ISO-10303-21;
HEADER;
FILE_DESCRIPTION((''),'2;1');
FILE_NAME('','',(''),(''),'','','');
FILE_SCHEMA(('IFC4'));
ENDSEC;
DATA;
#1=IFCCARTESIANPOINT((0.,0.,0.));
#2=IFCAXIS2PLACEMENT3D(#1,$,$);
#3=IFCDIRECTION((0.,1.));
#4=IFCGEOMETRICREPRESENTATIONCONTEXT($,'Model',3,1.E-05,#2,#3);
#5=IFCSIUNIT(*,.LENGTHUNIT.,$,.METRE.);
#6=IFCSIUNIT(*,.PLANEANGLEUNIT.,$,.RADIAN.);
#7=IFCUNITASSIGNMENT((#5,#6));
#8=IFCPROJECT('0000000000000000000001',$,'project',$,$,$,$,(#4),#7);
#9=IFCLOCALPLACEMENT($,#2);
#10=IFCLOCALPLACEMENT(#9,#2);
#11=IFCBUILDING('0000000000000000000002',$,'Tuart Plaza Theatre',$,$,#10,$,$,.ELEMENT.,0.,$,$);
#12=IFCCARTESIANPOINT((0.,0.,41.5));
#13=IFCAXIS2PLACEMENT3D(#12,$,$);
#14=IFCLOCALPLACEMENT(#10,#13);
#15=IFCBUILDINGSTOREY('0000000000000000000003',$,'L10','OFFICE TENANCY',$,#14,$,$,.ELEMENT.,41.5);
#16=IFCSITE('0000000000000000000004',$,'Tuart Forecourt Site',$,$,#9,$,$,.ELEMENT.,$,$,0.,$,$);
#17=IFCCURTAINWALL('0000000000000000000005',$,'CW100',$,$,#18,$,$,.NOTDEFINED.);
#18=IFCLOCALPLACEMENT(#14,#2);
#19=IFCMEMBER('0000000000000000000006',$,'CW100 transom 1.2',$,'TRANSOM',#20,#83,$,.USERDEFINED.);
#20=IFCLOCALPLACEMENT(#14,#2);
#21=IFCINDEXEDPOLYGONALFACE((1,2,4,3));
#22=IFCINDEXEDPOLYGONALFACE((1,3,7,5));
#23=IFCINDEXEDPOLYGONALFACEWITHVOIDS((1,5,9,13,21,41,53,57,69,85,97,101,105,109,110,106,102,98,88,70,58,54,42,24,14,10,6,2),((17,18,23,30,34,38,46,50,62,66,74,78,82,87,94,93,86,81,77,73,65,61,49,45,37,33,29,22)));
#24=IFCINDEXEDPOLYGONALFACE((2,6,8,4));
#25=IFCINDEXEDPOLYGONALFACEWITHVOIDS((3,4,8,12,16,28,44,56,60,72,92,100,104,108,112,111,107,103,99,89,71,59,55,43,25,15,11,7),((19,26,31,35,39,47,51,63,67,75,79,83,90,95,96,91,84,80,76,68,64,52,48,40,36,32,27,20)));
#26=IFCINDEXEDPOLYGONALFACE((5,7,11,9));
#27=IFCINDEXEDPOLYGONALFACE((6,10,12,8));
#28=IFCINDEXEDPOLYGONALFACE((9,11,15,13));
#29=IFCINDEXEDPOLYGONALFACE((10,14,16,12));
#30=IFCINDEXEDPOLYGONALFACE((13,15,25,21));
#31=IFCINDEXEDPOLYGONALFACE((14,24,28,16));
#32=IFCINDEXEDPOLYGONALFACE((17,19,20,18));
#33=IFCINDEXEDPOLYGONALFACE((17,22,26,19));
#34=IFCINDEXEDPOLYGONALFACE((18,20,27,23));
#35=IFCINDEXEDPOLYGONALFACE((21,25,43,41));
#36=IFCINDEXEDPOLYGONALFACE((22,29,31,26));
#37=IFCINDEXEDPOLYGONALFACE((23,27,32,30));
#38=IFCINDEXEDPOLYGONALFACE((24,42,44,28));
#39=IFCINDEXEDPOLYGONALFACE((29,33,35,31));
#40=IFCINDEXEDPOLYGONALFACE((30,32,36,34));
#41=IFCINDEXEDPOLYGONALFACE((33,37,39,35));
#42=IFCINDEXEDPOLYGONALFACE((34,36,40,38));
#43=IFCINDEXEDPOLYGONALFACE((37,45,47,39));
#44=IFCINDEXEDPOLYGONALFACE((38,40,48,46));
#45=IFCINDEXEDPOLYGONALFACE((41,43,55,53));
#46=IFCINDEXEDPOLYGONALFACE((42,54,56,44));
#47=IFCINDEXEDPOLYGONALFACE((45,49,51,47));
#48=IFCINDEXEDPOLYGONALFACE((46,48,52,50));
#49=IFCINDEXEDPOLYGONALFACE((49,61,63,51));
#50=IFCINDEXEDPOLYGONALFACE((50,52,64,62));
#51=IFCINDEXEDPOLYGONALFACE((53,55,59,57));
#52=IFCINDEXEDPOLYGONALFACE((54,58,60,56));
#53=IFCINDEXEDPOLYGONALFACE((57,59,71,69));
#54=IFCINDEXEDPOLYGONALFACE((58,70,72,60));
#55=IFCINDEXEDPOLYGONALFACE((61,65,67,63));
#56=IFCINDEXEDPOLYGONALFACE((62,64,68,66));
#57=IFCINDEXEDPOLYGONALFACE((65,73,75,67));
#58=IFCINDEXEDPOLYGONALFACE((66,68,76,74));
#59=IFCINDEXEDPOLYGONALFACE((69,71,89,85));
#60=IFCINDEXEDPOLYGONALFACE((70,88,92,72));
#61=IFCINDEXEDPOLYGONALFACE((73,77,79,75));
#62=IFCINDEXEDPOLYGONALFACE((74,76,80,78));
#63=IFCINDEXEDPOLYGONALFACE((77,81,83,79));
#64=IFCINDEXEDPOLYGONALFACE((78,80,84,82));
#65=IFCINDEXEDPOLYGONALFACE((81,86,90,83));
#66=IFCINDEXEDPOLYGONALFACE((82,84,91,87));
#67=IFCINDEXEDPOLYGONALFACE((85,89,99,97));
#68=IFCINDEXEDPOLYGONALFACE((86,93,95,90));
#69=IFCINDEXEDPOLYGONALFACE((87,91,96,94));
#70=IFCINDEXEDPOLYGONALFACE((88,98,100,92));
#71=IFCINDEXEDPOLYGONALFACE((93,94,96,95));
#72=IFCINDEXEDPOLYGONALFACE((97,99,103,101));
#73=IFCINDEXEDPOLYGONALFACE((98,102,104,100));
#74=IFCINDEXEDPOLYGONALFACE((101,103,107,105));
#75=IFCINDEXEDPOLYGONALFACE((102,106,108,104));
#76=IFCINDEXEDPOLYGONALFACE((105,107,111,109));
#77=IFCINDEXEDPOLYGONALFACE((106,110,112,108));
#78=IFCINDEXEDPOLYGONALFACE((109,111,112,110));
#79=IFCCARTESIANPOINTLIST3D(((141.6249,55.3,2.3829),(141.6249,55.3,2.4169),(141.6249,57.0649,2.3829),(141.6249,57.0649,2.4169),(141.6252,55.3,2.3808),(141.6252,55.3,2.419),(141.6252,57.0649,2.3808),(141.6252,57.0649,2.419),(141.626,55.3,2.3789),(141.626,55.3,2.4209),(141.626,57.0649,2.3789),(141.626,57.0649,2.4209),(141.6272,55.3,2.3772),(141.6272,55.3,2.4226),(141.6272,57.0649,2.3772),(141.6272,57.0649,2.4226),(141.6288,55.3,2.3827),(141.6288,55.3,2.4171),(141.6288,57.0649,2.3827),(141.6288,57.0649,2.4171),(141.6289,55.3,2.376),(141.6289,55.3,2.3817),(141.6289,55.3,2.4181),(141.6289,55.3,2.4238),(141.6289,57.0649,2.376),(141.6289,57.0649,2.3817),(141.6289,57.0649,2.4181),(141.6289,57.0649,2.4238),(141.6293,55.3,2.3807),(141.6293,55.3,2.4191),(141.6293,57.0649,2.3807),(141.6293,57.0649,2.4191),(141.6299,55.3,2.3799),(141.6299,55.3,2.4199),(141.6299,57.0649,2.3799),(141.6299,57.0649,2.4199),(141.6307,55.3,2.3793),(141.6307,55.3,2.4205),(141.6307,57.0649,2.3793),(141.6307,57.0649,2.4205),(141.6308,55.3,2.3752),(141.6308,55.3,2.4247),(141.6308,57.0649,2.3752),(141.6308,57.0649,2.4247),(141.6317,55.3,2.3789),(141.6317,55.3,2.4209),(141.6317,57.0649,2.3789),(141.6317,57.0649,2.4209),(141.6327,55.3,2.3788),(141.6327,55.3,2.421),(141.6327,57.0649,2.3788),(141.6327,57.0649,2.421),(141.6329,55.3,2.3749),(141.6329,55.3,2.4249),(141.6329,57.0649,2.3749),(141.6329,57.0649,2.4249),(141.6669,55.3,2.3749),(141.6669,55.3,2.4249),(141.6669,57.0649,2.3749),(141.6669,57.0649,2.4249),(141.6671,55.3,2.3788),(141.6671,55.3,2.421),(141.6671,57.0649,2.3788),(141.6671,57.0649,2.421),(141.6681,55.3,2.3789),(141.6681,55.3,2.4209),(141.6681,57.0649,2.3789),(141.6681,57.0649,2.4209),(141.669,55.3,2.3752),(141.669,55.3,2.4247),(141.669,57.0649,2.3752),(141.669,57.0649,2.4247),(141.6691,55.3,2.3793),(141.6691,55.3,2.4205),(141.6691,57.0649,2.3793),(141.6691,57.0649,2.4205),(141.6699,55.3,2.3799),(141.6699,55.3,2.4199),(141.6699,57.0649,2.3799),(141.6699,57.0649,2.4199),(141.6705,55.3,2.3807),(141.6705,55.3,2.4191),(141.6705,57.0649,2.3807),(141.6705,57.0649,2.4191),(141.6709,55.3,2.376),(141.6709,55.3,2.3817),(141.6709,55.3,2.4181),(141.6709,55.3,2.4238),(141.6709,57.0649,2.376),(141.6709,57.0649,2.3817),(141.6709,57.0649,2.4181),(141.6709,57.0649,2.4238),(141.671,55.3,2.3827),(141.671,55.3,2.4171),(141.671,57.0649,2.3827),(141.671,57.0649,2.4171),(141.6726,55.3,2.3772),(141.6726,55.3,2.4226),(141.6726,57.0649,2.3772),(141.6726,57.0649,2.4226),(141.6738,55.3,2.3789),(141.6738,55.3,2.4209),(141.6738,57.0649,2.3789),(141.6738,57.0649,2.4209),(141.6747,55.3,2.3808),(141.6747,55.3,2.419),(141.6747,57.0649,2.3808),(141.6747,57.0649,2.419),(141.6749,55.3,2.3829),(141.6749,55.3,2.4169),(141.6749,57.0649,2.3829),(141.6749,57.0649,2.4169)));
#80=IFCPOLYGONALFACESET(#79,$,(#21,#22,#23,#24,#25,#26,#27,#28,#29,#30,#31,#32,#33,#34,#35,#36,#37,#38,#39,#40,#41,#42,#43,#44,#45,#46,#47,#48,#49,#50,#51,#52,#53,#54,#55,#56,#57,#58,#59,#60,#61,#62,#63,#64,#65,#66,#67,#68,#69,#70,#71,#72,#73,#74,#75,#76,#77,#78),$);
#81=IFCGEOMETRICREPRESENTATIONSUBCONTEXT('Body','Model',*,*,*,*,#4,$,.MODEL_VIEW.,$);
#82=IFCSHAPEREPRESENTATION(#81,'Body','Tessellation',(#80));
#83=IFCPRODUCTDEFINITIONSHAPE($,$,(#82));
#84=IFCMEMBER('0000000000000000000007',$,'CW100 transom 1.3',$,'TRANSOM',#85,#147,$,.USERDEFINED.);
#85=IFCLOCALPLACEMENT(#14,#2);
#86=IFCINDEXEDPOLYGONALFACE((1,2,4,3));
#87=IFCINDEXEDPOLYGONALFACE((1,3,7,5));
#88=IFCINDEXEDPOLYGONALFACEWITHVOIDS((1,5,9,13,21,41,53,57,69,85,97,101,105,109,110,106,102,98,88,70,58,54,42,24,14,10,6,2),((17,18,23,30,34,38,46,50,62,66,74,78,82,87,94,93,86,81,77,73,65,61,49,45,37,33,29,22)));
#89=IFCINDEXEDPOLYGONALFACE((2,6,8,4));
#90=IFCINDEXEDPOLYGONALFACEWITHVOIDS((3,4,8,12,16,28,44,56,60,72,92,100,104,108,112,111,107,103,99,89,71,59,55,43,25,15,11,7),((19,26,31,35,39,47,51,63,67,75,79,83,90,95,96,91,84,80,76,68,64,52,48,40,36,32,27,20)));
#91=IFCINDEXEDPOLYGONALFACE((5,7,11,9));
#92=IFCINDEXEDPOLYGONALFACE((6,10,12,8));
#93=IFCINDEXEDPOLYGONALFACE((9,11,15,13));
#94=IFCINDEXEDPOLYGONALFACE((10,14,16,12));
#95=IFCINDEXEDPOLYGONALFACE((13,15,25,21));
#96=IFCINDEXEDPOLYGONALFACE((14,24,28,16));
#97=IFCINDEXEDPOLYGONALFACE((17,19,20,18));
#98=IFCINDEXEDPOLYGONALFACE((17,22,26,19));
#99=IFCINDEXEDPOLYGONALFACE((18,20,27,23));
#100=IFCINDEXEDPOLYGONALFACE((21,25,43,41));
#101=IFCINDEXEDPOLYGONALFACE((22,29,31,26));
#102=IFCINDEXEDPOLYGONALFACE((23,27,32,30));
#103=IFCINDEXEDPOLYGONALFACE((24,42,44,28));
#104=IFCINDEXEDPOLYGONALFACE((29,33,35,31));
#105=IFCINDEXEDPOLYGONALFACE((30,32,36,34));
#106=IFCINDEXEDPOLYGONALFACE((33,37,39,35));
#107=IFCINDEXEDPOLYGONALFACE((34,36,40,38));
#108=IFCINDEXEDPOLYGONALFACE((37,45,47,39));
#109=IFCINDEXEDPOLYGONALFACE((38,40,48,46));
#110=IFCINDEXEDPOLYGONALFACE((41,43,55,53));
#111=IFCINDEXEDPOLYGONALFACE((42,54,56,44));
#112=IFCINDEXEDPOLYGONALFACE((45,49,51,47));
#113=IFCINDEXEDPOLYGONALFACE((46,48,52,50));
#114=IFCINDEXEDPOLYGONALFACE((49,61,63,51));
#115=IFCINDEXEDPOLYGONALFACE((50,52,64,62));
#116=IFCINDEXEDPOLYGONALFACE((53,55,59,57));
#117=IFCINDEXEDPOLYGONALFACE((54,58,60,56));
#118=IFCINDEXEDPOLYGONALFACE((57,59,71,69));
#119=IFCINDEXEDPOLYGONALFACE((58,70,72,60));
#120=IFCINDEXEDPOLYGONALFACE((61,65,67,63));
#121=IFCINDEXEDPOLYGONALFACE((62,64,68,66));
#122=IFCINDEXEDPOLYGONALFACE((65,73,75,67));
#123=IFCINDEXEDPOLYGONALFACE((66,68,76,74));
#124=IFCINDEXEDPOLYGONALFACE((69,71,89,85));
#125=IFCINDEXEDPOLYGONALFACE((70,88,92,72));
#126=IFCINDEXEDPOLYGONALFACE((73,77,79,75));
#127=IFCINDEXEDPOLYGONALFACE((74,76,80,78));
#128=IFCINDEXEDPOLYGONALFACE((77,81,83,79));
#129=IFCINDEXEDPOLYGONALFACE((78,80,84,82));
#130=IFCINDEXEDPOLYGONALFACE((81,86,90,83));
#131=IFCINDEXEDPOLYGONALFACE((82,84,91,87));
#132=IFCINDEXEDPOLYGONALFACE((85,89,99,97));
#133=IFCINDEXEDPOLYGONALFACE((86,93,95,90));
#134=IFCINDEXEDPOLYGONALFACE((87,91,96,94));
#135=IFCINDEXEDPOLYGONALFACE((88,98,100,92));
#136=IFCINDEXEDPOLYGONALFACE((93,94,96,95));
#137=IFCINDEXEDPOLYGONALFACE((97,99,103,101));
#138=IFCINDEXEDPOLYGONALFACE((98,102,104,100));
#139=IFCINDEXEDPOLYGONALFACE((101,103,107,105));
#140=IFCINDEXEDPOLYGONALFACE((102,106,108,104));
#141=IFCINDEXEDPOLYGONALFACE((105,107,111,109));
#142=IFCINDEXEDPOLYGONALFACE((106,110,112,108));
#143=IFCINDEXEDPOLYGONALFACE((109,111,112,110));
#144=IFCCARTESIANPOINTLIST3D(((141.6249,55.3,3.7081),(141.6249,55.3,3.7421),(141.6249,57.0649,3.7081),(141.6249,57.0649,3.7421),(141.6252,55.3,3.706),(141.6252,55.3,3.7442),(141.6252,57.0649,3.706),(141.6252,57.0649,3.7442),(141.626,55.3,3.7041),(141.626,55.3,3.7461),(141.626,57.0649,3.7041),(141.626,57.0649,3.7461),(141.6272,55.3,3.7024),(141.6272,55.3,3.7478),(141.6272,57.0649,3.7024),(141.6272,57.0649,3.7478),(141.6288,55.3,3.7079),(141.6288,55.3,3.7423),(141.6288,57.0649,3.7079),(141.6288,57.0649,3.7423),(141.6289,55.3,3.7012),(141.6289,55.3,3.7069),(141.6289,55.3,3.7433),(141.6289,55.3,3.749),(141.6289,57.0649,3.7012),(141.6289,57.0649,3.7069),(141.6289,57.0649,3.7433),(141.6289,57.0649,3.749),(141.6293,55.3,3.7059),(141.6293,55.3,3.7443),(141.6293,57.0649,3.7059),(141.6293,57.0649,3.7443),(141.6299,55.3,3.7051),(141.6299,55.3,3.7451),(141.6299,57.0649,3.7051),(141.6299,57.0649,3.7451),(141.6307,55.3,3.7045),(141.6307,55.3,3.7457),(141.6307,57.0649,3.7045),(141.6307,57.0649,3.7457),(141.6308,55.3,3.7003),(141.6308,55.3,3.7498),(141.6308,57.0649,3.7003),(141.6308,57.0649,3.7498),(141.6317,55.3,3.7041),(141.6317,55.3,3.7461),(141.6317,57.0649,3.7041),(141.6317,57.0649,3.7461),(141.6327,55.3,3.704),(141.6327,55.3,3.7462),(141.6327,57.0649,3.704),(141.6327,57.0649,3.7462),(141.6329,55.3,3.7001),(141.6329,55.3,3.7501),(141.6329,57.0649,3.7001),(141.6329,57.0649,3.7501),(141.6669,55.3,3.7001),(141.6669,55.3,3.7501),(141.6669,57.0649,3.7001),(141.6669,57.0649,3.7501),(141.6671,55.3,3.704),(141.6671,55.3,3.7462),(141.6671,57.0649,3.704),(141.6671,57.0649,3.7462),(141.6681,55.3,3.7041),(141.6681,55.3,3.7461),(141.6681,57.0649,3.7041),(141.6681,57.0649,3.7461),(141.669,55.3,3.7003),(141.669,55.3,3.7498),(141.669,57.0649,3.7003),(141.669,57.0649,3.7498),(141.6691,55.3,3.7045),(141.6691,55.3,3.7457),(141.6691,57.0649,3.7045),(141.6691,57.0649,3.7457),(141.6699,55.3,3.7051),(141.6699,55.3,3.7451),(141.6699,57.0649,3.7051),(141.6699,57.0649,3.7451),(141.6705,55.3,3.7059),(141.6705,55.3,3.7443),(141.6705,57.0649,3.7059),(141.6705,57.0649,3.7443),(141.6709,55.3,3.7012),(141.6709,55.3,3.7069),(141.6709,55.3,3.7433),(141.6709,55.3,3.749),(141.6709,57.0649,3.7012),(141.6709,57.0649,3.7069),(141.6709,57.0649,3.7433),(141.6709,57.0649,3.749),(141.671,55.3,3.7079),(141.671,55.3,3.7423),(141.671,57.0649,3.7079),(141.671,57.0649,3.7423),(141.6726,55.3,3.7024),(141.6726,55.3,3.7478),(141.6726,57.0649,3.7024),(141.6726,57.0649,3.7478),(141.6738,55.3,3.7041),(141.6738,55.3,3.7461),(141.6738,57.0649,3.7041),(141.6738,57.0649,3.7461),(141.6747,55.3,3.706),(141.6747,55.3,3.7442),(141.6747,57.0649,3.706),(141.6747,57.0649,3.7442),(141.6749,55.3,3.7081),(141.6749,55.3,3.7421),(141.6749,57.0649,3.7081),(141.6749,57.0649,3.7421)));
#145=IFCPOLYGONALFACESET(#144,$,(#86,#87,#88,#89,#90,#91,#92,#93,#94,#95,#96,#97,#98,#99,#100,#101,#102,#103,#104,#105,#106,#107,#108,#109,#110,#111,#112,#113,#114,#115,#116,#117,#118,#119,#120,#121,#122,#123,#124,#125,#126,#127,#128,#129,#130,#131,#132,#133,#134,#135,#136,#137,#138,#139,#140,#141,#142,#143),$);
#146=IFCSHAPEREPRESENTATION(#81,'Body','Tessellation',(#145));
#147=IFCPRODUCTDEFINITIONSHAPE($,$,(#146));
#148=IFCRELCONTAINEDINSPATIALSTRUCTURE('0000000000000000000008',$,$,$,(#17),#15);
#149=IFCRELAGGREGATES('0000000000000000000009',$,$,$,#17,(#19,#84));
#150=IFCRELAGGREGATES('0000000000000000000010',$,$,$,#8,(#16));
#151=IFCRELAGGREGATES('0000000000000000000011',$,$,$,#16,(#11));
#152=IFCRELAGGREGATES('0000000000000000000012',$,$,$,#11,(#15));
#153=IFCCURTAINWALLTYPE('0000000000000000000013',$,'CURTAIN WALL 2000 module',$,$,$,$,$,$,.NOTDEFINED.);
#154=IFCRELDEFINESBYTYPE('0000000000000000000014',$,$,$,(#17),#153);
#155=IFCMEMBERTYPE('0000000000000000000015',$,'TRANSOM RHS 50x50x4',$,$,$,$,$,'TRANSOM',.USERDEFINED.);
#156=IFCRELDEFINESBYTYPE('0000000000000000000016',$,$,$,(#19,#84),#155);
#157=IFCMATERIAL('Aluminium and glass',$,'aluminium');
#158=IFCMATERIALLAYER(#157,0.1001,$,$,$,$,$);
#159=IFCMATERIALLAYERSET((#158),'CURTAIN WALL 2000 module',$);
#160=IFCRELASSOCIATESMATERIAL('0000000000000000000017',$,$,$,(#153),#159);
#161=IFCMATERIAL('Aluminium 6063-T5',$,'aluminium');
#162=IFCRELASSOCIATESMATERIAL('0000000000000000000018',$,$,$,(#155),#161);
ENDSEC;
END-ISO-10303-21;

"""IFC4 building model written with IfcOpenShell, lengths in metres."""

from ifc_helpers import new_model, si_unit, direction, frame, origin, origin_2d, place, context, subcontext, project, spatial, hollow_rectangle, extrude, material, layer, layer_set, material_profile, profile_set, type_object, element, aggregate, save


model = new_model("IFC4")

# Units and contexts
model_context = context("Model", 3, precision=1e-05, world=origin(), true_north=direction((0.0, 1.0)))
body_context = subcontext(model_context, "Body", "Model", "MODEL_VIEW")
ifc_project = project(units=[si_unit("LENGTHUNIT", "METRE"), si_unit("PLANEANGLEUNIT", "RADIAN")], contexts=[model_context])

# Site, building, storey
site_placement = place(None, origin())
site = spatial("IfcSite", under=ifc_project, at=site_placement, Name="Tuart Forecourt Site", CompositionType="ELEMENT", RefElevation=0.0)
building_placement = place(site_placement, origin())
building = spatial("IfcBuilding", under=site, at=building_placement, Name="Tuart Plaza Theatre", CompositionType="ELEMENT", ElevationOfRefHeight=0.0)
storey_placement = place(building_placement, frame((0.0, 0.0, 41.5)))
storey = spatial("IfcBuildingStorey", under=building, at=storey_placement, Name="L10", Description="OFFICE TENANCY", CompositionType="ELEMENT", Elevation=41.5)

# Curtain wall
ifc_material_1 = material(Name="Aluminium and glass", Category="aluminium")
ifc_layer_1 = layer(ifc_material_1, 0.1001)
ifc_layer_set_1 = layer_set([ifc_layer_1], Name="CURTAIN WALL 2000 module")
curtain_wall_type = type_object("IfcCurtainWallType", Name="CURTAIN WALL 2000 module", PredefinedType="NOTDEFINED", material=ifc_layer_set_1)
curtain_wall_1_placement = place(storey_placement, origin())
curtain_wall_1 = element("IfcCurtainWall", 1, at=curtain_wall_1_placement, inside=storey, type_object=curtain_wall_type, Name="CW100", PredefinedType="NOTDEFINED")

# Members
ifc_material_2 = material(Name="Aluminium 6063-T5", Category="aluminium")
ifc_material_profile_1 = material_profile(ifc_material_2, hollow_rectangle(XDim=0.05, YDim=0.05, WallThickness=0.0039, InnerFilletRadius=0.0039, OuterFilletRadius=0.0081, at=origin_2d()), Name="RHS 50x50x4")
ifc_profile_set_1 = profile_set([ifc_material_profile_1], Name="Aluminium 6063-T5")
member_type_1 = type_object("IfcMemberType", Name="TRANSOM RHS 50x50x4", ElementType="TRANSOM", PredefinedType="USERDEFINED", material=ifc_profile_set_1)
member_1_placement = place(storey_placement, frame((141.6499, 55.3, 2.3999), z_axis=(0.0, 1.0, 0.0), x_axis=(-1.0, 0.0, 0.0)))
member_1 = element("IfcMember", 2, at=member_1_placement, type_object=member_type_1, Name="CW100 transom 1.2", ObjectType="TRANSOM", PredefinedType="USERDEFINED", context=body_context, shape_type="SweptSolid", body=[
    extrude(hollow_rectangle(XDim=0.05, YDim=0.05, WallThickness=0.0039, InnerFilletRadius=0.0039, OuterFilletRadius=0.0081, at=origin_2d()), origin(), (0.0, 0.0, 1.0), 1.7649),
])
member_2_placement = place(storey_placement, frame((141.6499, 55.3, 3.7251), z_axis=(0.0, 1.0, 0.0), x_axis=(-1.0, 0.0, 0.0)))
member_2 = element("IfcMember", 3, at=member_2_placement, type_object=member_type_1, Name="CW100 transom 1.3", ObjectType="TRANSOM", PredefinedType="USERDEFINED", context=body_context, shape_type="SweptSolid", body=[
    extrude(hollow_rectangle(XDim=0.05, YDim=0.05, WallThickness=0.0039, InnerFilletRadius=0.0039, OuterFilletRadius=0.0081, at=origin_2d()), origin(), (0.0, 0.0, 1.0), 1.7649),
])

aggregate(curtain_wall_1, [member_1, member_2])

save(model, "model.ifc")
